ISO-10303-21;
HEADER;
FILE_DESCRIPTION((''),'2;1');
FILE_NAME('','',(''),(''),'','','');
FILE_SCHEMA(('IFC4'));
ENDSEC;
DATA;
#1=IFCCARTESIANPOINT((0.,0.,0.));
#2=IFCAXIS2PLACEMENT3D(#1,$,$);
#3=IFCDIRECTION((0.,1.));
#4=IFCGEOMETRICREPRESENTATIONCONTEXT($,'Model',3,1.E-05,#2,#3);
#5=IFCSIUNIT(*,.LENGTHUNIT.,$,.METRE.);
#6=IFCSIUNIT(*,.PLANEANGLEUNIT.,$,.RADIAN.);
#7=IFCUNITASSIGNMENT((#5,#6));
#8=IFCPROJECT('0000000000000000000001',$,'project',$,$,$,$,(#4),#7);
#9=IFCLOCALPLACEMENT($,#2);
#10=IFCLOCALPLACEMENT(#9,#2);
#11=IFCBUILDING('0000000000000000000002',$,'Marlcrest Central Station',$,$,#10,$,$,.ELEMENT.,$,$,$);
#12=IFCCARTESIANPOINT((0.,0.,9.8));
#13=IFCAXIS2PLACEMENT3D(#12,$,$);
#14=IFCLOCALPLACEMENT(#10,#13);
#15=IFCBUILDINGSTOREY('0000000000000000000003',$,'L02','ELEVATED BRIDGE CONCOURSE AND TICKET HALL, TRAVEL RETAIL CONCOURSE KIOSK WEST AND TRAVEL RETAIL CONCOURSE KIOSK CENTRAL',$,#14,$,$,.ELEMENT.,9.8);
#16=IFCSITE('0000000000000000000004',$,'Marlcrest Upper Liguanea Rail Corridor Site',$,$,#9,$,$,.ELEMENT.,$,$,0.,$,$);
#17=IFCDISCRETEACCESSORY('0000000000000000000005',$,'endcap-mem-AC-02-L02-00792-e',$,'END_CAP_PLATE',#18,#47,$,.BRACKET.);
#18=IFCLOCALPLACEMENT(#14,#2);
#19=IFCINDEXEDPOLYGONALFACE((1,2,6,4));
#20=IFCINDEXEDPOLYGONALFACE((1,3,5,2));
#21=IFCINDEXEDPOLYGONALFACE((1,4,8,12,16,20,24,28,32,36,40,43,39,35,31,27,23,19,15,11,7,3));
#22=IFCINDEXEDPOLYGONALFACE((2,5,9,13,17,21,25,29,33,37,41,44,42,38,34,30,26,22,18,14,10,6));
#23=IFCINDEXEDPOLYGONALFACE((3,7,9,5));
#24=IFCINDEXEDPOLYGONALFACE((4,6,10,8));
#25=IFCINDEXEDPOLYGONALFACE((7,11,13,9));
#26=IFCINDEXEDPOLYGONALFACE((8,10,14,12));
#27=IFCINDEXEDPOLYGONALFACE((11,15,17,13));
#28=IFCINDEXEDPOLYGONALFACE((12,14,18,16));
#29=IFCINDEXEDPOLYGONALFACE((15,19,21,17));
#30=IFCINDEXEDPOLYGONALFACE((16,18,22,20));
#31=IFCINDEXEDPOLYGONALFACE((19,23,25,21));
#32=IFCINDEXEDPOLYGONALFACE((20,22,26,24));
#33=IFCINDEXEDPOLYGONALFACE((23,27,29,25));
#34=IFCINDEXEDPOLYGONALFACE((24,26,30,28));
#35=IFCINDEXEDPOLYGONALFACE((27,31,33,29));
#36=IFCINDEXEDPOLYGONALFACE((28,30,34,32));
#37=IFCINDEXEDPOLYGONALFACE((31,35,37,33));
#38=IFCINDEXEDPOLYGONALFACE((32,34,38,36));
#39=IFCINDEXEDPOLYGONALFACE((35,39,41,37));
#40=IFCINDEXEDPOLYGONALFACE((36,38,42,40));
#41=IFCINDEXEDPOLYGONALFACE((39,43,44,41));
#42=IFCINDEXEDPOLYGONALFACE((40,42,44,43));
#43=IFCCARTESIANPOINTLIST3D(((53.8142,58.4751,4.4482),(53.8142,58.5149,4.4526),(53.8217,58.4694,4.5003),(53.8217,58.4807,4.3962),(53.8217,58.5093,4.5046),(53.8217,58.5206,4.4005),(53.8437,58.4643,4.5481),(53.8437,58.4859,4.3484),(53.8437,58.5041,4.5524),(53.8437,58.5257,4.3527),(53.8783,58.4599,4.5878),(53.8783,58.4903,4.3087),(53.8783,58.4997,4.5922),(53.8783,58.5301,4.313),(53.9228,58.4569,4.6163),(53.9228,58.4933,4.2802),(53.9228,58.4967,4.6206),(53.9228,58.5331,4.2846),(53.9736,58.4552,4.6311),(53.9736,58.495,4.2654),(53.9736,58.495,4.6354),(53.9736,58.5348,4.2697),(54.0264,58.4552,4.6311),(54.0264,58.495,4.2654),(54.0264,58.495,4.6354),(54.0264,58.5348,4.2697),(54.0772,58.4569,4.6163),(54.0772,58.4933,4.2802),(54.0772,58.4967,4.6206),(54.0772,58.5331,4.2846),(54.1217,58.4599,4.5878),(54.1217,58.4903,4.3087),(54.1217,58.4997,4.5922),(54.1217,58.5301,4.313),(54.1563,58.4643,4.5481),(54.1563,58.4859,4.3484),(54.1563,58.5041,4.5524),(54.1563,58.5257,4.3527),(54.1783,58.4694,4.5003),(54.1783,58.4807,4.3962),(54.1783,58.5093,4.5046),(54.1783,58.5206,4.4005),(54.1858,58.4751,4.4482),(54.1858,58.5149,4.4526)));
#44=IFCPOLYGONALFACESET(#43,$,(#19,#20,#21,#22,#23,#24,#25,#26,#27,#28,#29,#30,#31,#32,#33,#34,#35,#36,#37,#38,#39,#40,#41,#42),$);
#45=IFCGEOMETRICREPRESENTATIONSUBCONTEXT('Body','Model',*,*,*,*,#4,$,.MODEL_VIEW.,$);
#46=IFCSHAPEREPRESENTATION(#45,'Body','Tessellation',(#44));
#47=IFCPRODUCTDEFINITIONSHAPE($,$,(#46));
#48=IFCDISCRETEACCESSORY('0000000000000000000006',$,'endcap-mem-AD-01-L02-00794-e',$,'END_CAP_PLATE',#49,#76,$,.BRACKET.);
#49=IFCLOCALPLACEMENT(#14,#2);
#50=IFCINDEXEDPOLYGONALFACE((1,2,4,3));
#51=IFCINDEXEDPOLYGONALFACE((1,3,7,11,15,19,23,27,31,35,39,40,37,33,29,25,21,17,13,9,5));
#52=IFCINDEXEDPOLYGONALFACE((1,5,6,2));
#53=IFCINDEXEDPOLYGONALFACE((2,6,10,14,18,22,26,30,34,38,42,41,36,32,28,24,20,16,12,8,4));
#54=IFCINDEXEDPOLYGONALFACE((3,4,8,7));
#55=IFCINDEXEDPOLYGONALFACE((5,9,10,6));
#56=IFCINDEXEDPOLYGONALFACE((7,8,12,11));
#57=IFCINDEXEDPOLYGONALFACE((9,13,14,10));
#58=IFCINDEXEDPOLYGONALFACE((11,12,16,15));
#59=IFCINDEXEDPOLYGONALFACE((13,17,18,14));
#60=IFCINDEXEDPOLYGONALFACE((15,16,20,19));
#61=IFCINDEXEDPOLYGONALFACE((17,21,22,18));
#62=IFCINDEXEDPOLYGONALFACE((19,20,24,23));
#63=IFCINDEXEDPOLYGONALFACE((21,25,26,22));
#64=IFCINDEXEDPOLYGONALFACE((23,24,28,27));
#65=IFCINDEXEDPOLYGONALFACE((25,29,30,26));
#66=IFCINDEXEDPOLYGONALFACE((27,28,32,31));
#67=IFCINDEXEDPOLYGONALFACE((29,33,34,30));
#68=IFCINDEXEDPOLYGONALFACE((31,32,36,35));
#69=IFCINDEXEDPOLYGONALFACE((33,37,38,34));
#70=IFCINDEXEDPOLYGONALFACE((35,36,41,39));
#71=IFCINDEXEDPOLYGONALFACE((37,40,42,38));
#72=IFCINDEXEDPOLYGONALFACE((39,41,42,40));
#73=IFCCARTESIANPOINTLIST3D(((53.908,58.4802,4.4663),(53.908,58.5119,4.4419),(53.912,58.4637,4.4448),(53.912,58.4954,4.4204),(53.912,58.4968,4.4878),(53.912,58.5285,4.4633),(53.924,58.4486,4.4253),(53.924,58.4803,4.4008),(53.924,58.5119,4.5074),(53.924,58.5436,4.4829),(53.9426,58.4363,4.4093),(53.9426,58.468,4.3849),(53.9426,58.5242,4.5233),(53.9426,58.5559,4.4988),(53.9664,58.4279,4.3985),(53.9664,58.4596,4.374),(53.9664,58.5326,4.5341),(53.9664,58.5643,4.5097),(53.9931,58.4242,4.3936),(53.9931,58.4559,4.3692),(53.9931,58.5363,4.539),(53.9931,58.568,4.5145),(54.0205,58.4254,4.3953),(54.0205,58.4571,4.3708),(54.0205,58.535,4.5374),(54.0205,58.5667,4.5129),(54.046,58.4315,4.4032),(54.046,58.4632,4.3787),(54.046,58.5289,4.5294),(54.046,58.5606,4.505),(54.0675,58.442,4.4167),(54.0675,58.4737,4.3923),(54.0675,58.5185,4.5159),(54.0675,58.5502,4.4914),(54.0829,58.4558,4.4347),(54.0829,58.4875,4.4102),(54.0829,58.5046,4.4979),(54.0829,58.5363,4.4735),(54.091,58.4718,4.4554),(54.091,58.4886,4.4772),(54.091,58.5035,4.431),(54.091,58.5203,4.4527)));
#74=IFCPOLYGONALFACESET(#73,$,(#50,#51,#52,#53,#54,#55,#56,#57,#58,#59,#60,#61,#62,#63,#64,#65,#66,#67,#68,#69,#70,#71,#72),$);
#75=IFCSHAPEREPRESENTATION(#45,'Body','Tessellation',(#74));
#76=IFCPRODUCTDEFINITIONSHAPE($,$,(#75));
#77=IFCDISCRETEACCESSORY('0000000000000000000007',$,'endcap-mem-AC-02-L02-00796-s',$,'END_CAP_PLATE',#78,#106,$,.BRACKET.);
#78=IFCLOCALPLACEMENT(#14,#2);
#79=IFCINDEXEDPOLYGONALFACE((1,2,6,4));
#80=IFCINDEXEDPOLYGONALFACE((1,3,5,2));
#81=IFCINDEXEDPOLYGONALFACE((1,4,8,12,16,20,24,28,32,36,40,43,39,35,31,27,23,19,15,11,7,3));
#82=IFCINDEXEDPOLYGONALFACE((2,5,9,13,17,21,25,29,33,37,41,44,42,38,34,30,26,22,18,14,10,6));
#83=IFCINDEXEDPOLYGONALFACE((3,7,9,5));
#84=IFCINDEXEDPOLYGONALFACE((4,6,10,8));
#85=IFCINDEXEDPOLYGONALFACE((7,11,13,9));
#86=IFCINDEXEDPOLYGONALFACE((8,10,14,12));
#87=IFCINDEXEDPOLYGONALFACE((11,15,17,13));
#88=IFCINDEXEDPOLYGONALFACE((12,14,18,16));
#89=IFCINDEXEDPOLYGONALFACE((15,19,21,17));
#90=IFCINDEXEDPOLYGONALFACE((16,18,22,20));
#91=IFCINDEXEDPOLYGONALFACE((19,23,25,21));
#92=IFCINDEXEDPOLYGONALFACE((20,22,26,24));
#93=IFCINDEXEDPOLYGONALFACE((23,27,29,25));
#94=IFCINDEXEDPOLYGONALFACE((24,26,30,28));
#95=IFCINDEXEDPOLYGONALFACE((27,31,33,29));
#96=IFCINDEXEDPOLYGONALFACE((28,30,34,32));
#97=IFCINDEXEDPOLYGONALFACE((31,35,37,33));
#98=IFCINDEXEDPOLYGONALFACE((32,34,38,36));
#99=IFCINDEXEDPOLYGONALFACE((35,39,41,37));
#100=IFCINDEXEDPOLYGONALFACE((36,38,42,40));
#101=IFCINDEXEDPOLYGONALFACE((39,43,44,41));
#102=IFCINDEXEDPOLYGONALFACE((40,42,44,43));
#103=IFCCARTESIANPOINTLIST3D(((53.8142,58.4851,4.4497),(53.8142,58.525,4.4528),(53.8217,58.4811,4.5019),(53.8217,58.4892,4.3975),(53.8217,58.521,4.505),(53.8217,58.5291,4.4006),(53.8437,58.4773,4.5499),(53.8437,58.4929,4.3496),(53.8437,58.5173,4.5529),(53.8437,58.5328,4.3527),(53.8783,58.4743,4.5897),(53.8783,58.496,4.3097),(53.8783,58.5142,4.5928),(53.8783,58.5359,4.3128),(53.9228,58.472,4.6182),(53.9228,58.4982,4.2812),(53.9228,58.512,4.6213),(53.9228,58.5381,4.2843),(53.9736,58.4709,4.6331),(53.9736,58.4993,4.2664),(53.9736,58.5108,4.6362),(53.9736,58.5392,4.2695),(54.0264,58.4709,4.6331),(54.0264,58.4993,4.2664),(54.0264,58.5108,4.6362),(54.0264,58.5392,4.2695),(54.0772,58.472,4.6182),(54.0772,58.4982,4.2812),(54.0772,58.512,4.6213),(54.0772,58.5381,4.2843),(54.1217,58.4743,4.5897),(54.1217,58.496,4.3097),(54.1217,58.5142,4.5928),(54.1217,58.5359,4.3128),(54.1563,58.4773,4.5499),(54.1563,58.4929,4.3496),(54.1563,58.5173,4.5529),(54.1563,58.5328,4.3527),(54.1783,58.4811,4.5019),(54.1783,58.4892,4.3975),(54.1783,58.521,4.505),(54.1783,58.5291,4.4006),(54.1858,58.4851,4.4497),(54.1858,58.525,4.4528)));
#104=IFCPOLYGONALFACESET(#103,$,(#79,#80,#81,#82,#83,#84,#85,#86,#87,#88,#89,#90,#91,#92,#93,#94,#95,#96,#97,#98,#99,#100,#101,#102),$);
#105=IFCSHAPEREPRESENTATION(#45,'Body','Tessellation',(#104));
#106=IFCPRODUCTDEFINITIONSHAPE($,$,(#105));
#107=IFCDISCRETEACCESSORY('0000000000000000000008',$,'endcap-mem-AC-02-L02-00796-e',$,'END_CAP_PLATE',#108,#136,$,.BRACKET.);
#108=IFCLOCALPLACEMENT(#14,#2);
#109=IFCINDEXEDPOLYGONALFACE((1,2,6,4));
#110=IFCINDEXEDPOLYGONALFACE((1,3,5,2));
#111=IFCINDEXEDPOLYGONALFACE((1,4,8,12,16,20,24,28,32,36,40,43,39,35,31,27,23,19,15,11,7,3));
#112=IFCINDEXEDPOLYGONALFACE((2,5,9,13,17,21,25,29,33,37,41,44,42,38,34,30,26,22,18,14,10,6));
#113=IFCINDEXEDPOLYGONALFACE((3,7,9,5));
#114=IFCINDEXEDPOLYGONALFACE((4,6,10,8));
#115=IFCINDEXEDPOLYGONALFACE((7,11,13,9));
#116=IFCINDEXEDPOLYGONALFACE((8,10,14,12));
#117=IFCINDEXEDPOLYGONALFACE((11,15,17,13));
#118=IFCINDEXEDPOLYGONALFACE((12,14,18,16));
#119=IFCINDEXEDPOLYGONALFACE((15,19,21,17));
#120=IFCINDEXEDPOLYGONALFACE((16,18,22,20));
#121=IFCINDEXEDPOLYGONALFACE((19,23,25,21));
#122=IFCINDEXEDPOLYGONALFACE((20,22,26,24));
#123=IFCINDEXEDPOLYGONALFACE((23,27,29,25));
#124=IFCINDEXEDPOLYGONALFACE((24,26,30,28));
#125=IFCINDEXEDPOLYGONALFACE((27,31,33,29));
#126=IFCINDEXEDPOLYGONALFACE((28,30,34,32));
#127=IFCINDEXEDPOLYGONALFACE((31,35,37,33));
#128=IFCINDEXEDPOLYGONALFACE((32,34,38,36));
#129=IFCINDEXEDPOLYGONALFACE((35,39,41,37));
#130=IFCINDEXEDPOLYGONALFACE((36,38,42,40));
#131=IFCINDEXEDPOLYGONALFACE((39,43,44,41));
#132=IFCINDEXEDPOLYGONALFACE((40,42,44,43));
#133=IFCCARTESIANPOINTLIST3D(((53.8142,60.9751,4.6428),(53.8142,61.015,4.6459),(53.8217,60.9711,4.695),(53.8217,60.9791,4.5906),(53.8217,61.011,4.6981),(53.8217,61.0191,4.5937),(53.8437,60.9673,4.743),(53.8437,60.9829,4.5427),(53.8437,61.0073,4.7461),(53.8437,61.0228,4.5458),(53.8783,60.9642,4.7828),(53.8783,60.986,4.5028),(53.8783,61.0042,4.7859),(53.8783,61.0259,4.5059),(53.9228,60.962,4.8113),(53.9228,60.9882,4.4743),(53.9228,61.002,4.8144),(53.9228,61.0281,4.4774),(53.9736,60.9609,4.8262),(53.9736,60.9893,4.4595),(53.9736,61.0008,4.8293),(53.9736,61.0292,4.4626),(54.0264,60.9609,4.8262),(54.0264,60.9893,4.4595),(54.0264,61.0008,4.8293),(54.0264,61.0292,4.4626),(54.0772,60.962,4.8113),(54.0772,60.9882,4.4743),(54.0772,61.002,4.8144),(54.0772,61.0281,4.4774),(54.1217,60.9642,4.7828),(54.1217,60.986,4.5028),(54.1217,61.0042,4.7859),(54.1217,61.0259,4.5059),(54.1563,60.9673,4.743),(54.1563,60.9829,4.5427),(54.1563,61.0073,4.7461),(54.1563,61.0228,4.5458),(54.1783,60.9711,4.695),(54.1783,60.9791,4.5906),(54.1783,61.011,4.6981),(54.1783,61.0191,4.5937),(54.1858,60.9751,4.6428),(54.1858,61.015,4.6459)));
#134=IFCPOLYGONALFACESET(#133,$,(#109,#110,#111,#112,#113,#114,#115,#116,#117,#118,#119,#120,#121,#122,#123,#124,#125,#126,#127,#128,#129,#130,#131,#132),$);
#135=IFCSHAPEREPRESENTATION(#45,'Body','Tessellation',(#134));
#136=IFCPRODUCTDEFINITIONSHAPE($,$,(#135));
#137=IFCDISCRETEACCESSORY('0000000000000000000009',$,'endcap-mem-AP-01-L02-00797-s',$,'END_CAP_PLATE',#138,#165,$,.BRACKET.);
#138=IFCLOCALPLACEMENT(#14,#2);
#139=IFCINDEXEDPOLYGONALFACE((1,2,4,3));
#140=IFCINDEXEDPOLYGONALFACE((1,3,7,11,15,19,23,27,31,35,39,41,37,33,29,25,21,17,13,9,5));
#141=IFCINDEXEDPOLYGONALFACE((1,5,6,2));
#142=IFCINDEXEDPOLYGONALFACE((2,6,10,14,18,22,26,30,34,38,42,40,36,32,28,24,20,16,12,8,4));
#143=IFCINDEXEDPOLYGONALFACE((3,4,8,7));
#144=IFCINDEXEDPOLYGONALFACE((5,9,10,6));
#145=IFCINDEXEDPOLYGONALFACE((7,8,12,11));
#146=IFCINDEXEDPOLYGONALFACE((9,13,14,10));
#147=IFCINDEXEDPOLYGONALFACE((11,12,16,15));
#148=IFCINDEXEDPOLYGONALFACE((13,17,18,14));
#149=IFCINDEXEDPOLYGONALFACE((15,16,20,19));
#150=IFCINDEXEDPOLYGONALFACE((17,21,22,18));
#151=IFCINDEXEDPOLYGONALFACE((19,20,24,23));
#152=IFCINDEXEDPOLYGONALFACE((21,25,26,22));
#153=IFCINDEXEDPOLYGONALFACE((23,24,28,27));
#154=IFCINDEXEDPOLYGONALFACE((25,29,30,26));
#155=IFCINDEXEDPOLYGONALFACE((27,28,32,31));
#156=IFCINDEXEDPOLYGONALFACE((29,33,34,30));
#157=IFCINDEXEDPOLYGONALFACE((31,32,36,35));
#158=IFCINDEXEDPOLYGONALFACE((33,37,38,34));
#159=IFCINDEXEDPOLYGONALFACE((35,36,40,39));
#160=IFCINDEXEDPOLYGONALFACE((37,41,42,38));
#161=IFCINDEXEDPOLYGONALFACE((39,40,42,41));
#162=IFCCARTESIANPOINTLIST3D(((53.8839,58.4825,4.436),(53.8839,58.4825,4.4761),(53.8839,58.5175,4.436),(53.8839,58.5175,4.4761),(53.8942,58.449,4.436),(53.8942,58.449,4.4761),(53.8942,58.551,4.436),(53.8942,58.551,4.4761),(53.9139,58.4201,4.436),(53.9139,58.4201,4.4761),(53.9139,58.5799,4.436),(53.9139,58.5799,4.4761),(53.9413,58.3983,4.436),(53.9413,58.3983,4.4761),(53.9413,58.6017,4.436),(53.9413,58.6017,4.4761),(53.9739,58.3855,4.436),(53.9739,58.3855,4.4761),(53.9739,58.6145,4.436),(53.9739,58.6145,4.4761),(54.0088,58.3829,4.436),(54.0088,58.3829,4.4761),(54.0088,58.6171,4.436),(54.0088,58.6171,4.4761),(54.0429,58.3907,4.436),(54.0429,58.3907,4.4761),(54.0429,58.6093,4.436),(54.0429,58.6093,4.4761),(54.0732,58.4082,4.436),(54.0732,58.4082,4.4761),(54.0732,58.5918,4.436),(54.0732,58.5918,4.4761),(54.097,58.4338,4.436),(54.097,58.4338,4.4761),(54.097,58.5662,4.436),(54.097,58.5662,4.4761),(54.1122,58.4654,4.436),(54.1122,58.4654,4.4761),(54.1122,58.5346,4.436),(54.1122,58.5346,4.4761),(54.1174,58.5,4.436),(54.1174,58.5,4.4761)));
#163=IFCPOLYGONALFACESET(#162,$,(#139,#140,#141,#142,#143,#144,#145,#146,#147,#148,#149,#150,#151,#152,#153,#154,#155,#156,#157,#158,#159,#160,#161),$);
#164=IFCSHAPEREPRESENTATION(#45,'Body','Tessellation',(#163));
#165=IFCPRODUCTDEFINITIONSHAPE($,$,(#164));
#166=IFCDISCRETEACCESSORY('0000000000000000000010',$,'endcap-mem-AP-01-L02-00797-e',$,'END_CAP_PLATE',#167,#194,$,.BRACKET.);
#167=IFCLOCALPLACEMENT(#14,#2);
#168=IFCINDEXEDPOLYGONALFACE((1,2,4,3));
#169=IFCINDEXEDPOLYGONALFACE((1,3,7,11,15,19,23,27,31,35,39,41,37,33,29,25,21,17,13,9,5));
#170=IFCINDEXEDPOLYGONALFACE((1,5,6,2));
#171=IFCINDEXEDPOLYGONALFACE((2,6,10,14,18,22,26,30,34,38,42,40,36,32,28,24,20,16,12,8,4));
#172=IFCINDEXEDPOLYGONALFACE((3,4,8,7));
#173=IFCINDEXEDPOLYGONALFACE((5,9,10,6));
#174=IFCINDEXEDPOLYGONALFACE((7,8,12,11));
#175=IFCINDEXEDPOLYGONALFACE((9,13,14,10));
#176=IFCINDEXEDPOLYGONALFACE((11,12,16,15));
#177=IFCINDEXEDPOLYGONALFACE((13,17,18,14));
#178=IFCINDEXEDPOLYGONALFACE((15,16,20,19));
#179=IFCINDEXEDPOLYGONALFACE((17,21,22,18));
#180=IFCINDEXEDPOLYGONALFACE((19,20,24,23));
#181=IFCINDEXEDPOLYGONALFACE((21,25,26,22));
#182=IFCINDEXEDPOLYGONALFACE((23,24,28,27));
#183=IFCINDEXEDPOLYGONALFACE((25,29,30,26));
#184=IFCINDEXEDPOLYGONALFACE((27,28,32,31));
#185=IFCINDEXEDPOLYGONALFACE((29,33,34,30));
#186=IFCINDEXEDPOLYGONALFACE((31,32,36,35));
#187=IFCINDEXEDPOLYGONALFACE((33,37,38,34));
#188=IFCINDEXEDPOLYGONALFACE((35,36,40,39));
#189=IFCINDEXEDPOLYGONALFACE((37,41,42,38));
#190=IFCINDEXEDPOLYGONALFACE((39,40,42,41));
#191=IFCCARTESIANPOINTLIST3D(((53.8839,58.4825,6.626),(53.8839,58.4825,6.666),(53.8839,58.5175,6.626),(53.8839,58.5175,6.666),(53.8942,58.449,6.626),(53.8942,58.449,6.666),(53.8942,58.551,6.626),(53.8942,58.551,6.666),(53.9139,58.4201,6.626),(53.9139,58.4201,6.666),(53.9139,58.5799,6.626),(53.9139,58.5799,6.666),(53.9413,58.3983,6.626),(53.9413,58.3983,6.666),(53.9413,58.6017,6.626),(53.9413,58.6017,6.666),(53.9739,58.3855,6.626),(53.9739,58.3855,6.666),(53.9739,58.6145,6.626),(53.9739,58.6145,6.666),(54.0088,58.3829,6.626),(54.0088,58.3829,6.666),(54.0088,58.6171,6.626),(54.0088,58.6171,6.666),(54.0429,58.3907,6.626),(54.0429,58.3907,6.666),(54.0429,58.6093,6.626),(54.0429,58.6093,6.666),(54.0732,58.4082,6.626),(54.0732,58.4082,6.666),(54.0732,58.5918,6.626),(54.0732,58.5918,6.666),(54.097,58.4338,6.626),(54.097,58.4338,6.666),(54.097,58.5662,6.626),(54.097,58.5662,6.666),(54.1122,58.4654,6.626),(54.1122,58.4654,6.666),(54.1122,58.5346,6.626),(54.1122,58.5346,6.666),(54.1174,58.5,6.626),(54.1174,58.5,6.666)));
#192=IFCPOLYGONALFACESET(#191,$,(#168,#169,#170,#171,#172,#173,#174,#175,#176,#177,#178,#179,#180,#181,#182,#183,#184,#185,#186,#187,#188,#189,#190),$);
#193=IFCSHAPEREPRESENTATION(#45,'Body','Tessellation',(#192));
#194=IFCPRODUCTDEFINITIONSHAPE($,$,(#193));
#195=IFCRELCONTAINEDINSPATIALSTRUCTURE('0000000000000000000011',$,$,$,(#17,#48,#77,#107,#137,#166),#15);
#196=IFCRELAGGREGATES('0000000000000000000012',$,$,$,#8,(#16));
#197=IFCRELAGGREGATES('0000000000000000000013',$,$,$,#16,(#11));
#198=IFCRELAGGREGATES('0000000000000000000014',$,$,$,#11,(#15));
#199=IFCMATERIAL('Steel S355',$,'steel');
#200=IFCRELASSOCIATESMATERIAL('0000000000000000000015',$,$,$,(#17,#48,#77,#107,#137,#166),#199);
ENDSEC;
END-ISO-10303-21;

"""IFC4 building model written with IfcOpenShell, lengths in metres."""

from ifc_helpers import new_model, si_unit, direction, frame, origin, origin_2d, place, context, subcontext, project, spatial, circle, extrude, material, element, save


model = new_model("IFC4")

# Units and contexts
model_context = context("Model", 3, precision=1e-05, world=origin(), true_north=direction((0.0, 1.0)))
body_context = subcontext(model_context, "Body", "Model", "MODEL_VIEW")
ifc_project = project(units=[si_unit("LENGTHUNIT", "METRE"), si_unit("PLANEANGLEUNIT", "RADIAN")], contexts=[model_context])

# Site, building, storey
site_placement = place(None, origin())
site = spatial("IfcSite", under=ifc_project, at=site_placement, Name="Marlcrest Upper Liguanea Rail Corridor Site", CompositionType="ELEMENT", RefElevation=0.0)
building_placement = place(site_placement, origin())
building = spatial("IfcBuilding", under=site, at=building_placement, Name="Marlcrest Central Station", CompositionType="ELEMENT")
storey_placement = place(building_placement, frame((0.0, 0.0, 9.8)))
storey = spatial("IfcBuildingStorey", under=building, at=storey_placement, Name="L02", Description="ELEVATED BRIDGE CONCOURSE AND TICKET HALL, TRAVEL RETAIL CONCOURSE KIOSK WEST AND TRAVEL RETAIL CONCOURSE KIOSK CENTRAL", CompositionType="ELEMENT", Elevation=9.8)

# Shared definitions
ifc_material = material(Name="Steel S355", Category="steel")

# Discrete accessories
discrete_accessory_1_placement = place(storey_placement, frame((54.0, 58.4751, 4.4482), z_axis=(0.0, 0.994155, 0.107959), x_axis=(-1.0, 0.0, 0.0)))
element("IfcDiscreteAccessory", 1, at=discrete_accessory_1_placement, inside=storey, material=ifc_material, Name="endcap-mem-AC-02-L02-00792-e", ObjectType="END_CAP_PLATE", PredefinedType="BRACKET", context=body_context, shape_type="SweptSolid", body=[
    extrude(circle(Radius=0.1858, at=origin_2d()), origin(), (0.0, 0.0, 1.0), 0.04),
])
discrete_accessory_2_placement = place(storey_placement, frame((54.0, 58.4802, 4.4663), z_axis=(0.0, 0.791798, -0.610783), x_axis=(-1.0, 0.0, 0.0)))
element("IfcDiscreteAccessory", 2, at=discrete_accessory_2_placement, inside=storey, material=ifc_material, Name="endcap-mem-AD-01-L02-00794-e", ObjectType="END_CAP_PLATE", PredefinedType="BRACKET", context=body_context, shape_type="SweptSolid", body=[
    extrude(circle(Radius=0.092, at=origin_2d()), origin(), (0.0, 0.0, 1.0), 0.04),
])
for number, where, z_axis, x_axis, name in (
    (3, (54.0, 58.4851, 4.4497), (0.0, 0.997007, 0.077307), (-1.0, 0.0, 0.0), "endcap-mem-AC-02-L02-00796-s"),
    (4, (54.0, 60.9751, 4.6428), (0.0, 0.997007, 0.077307), (-1.0, 0.0, 0.0), "endcap-mem-AC-02-L02-00796-e"),
):
    element("IfcDiscreteAccessory", number, at=place(storey_placement, frame(where, z_axis=z_axis, x_axis=x_axis)), inside=storey, material=ifc_material, Name=name, ObjectType="END_CAP_PLATE", PredefinedType="BRACKET", context=body_context, shape_type="SweptSolid", body=[
        extrude(circle(Radius=0.1858, at=origin_2d()), origin(), (0.0, 0.0, 1.0), 0.04),
    ])
for number, where, z_axis, x_axis, name in (
    (5, (54.0, 58.5, 4.436), (0.0, 0.0, 1.0), (1.0, 0.0, 0.0), "endcap-mem-AP-01-L02-00797-s"),
    (6, (54.0, 58.5, 6.626), (0.0, 0.0, 1.0), (1.0, 0.0, 0.0), "endcap-mem-AP-01-L02-00797-e"),
):
    element("IfcDiscreteAccessory", number, at=place(storey_placement, frame(where, z_axis=z_axis, x_axis=x_axis)), inside=storey, material=ifc_material, Name=name, ObjectType="END_CAP_PLATE", PredefinedType="BRACKET", context=body_context, shape_type="SweptSolid", body=[
        extrude(circle(Radius=0.1174, at=origin_2d()), origin(), (0.0, 0.0, 1.0), 0.04),
    ])

save(model, "model.ifc")
